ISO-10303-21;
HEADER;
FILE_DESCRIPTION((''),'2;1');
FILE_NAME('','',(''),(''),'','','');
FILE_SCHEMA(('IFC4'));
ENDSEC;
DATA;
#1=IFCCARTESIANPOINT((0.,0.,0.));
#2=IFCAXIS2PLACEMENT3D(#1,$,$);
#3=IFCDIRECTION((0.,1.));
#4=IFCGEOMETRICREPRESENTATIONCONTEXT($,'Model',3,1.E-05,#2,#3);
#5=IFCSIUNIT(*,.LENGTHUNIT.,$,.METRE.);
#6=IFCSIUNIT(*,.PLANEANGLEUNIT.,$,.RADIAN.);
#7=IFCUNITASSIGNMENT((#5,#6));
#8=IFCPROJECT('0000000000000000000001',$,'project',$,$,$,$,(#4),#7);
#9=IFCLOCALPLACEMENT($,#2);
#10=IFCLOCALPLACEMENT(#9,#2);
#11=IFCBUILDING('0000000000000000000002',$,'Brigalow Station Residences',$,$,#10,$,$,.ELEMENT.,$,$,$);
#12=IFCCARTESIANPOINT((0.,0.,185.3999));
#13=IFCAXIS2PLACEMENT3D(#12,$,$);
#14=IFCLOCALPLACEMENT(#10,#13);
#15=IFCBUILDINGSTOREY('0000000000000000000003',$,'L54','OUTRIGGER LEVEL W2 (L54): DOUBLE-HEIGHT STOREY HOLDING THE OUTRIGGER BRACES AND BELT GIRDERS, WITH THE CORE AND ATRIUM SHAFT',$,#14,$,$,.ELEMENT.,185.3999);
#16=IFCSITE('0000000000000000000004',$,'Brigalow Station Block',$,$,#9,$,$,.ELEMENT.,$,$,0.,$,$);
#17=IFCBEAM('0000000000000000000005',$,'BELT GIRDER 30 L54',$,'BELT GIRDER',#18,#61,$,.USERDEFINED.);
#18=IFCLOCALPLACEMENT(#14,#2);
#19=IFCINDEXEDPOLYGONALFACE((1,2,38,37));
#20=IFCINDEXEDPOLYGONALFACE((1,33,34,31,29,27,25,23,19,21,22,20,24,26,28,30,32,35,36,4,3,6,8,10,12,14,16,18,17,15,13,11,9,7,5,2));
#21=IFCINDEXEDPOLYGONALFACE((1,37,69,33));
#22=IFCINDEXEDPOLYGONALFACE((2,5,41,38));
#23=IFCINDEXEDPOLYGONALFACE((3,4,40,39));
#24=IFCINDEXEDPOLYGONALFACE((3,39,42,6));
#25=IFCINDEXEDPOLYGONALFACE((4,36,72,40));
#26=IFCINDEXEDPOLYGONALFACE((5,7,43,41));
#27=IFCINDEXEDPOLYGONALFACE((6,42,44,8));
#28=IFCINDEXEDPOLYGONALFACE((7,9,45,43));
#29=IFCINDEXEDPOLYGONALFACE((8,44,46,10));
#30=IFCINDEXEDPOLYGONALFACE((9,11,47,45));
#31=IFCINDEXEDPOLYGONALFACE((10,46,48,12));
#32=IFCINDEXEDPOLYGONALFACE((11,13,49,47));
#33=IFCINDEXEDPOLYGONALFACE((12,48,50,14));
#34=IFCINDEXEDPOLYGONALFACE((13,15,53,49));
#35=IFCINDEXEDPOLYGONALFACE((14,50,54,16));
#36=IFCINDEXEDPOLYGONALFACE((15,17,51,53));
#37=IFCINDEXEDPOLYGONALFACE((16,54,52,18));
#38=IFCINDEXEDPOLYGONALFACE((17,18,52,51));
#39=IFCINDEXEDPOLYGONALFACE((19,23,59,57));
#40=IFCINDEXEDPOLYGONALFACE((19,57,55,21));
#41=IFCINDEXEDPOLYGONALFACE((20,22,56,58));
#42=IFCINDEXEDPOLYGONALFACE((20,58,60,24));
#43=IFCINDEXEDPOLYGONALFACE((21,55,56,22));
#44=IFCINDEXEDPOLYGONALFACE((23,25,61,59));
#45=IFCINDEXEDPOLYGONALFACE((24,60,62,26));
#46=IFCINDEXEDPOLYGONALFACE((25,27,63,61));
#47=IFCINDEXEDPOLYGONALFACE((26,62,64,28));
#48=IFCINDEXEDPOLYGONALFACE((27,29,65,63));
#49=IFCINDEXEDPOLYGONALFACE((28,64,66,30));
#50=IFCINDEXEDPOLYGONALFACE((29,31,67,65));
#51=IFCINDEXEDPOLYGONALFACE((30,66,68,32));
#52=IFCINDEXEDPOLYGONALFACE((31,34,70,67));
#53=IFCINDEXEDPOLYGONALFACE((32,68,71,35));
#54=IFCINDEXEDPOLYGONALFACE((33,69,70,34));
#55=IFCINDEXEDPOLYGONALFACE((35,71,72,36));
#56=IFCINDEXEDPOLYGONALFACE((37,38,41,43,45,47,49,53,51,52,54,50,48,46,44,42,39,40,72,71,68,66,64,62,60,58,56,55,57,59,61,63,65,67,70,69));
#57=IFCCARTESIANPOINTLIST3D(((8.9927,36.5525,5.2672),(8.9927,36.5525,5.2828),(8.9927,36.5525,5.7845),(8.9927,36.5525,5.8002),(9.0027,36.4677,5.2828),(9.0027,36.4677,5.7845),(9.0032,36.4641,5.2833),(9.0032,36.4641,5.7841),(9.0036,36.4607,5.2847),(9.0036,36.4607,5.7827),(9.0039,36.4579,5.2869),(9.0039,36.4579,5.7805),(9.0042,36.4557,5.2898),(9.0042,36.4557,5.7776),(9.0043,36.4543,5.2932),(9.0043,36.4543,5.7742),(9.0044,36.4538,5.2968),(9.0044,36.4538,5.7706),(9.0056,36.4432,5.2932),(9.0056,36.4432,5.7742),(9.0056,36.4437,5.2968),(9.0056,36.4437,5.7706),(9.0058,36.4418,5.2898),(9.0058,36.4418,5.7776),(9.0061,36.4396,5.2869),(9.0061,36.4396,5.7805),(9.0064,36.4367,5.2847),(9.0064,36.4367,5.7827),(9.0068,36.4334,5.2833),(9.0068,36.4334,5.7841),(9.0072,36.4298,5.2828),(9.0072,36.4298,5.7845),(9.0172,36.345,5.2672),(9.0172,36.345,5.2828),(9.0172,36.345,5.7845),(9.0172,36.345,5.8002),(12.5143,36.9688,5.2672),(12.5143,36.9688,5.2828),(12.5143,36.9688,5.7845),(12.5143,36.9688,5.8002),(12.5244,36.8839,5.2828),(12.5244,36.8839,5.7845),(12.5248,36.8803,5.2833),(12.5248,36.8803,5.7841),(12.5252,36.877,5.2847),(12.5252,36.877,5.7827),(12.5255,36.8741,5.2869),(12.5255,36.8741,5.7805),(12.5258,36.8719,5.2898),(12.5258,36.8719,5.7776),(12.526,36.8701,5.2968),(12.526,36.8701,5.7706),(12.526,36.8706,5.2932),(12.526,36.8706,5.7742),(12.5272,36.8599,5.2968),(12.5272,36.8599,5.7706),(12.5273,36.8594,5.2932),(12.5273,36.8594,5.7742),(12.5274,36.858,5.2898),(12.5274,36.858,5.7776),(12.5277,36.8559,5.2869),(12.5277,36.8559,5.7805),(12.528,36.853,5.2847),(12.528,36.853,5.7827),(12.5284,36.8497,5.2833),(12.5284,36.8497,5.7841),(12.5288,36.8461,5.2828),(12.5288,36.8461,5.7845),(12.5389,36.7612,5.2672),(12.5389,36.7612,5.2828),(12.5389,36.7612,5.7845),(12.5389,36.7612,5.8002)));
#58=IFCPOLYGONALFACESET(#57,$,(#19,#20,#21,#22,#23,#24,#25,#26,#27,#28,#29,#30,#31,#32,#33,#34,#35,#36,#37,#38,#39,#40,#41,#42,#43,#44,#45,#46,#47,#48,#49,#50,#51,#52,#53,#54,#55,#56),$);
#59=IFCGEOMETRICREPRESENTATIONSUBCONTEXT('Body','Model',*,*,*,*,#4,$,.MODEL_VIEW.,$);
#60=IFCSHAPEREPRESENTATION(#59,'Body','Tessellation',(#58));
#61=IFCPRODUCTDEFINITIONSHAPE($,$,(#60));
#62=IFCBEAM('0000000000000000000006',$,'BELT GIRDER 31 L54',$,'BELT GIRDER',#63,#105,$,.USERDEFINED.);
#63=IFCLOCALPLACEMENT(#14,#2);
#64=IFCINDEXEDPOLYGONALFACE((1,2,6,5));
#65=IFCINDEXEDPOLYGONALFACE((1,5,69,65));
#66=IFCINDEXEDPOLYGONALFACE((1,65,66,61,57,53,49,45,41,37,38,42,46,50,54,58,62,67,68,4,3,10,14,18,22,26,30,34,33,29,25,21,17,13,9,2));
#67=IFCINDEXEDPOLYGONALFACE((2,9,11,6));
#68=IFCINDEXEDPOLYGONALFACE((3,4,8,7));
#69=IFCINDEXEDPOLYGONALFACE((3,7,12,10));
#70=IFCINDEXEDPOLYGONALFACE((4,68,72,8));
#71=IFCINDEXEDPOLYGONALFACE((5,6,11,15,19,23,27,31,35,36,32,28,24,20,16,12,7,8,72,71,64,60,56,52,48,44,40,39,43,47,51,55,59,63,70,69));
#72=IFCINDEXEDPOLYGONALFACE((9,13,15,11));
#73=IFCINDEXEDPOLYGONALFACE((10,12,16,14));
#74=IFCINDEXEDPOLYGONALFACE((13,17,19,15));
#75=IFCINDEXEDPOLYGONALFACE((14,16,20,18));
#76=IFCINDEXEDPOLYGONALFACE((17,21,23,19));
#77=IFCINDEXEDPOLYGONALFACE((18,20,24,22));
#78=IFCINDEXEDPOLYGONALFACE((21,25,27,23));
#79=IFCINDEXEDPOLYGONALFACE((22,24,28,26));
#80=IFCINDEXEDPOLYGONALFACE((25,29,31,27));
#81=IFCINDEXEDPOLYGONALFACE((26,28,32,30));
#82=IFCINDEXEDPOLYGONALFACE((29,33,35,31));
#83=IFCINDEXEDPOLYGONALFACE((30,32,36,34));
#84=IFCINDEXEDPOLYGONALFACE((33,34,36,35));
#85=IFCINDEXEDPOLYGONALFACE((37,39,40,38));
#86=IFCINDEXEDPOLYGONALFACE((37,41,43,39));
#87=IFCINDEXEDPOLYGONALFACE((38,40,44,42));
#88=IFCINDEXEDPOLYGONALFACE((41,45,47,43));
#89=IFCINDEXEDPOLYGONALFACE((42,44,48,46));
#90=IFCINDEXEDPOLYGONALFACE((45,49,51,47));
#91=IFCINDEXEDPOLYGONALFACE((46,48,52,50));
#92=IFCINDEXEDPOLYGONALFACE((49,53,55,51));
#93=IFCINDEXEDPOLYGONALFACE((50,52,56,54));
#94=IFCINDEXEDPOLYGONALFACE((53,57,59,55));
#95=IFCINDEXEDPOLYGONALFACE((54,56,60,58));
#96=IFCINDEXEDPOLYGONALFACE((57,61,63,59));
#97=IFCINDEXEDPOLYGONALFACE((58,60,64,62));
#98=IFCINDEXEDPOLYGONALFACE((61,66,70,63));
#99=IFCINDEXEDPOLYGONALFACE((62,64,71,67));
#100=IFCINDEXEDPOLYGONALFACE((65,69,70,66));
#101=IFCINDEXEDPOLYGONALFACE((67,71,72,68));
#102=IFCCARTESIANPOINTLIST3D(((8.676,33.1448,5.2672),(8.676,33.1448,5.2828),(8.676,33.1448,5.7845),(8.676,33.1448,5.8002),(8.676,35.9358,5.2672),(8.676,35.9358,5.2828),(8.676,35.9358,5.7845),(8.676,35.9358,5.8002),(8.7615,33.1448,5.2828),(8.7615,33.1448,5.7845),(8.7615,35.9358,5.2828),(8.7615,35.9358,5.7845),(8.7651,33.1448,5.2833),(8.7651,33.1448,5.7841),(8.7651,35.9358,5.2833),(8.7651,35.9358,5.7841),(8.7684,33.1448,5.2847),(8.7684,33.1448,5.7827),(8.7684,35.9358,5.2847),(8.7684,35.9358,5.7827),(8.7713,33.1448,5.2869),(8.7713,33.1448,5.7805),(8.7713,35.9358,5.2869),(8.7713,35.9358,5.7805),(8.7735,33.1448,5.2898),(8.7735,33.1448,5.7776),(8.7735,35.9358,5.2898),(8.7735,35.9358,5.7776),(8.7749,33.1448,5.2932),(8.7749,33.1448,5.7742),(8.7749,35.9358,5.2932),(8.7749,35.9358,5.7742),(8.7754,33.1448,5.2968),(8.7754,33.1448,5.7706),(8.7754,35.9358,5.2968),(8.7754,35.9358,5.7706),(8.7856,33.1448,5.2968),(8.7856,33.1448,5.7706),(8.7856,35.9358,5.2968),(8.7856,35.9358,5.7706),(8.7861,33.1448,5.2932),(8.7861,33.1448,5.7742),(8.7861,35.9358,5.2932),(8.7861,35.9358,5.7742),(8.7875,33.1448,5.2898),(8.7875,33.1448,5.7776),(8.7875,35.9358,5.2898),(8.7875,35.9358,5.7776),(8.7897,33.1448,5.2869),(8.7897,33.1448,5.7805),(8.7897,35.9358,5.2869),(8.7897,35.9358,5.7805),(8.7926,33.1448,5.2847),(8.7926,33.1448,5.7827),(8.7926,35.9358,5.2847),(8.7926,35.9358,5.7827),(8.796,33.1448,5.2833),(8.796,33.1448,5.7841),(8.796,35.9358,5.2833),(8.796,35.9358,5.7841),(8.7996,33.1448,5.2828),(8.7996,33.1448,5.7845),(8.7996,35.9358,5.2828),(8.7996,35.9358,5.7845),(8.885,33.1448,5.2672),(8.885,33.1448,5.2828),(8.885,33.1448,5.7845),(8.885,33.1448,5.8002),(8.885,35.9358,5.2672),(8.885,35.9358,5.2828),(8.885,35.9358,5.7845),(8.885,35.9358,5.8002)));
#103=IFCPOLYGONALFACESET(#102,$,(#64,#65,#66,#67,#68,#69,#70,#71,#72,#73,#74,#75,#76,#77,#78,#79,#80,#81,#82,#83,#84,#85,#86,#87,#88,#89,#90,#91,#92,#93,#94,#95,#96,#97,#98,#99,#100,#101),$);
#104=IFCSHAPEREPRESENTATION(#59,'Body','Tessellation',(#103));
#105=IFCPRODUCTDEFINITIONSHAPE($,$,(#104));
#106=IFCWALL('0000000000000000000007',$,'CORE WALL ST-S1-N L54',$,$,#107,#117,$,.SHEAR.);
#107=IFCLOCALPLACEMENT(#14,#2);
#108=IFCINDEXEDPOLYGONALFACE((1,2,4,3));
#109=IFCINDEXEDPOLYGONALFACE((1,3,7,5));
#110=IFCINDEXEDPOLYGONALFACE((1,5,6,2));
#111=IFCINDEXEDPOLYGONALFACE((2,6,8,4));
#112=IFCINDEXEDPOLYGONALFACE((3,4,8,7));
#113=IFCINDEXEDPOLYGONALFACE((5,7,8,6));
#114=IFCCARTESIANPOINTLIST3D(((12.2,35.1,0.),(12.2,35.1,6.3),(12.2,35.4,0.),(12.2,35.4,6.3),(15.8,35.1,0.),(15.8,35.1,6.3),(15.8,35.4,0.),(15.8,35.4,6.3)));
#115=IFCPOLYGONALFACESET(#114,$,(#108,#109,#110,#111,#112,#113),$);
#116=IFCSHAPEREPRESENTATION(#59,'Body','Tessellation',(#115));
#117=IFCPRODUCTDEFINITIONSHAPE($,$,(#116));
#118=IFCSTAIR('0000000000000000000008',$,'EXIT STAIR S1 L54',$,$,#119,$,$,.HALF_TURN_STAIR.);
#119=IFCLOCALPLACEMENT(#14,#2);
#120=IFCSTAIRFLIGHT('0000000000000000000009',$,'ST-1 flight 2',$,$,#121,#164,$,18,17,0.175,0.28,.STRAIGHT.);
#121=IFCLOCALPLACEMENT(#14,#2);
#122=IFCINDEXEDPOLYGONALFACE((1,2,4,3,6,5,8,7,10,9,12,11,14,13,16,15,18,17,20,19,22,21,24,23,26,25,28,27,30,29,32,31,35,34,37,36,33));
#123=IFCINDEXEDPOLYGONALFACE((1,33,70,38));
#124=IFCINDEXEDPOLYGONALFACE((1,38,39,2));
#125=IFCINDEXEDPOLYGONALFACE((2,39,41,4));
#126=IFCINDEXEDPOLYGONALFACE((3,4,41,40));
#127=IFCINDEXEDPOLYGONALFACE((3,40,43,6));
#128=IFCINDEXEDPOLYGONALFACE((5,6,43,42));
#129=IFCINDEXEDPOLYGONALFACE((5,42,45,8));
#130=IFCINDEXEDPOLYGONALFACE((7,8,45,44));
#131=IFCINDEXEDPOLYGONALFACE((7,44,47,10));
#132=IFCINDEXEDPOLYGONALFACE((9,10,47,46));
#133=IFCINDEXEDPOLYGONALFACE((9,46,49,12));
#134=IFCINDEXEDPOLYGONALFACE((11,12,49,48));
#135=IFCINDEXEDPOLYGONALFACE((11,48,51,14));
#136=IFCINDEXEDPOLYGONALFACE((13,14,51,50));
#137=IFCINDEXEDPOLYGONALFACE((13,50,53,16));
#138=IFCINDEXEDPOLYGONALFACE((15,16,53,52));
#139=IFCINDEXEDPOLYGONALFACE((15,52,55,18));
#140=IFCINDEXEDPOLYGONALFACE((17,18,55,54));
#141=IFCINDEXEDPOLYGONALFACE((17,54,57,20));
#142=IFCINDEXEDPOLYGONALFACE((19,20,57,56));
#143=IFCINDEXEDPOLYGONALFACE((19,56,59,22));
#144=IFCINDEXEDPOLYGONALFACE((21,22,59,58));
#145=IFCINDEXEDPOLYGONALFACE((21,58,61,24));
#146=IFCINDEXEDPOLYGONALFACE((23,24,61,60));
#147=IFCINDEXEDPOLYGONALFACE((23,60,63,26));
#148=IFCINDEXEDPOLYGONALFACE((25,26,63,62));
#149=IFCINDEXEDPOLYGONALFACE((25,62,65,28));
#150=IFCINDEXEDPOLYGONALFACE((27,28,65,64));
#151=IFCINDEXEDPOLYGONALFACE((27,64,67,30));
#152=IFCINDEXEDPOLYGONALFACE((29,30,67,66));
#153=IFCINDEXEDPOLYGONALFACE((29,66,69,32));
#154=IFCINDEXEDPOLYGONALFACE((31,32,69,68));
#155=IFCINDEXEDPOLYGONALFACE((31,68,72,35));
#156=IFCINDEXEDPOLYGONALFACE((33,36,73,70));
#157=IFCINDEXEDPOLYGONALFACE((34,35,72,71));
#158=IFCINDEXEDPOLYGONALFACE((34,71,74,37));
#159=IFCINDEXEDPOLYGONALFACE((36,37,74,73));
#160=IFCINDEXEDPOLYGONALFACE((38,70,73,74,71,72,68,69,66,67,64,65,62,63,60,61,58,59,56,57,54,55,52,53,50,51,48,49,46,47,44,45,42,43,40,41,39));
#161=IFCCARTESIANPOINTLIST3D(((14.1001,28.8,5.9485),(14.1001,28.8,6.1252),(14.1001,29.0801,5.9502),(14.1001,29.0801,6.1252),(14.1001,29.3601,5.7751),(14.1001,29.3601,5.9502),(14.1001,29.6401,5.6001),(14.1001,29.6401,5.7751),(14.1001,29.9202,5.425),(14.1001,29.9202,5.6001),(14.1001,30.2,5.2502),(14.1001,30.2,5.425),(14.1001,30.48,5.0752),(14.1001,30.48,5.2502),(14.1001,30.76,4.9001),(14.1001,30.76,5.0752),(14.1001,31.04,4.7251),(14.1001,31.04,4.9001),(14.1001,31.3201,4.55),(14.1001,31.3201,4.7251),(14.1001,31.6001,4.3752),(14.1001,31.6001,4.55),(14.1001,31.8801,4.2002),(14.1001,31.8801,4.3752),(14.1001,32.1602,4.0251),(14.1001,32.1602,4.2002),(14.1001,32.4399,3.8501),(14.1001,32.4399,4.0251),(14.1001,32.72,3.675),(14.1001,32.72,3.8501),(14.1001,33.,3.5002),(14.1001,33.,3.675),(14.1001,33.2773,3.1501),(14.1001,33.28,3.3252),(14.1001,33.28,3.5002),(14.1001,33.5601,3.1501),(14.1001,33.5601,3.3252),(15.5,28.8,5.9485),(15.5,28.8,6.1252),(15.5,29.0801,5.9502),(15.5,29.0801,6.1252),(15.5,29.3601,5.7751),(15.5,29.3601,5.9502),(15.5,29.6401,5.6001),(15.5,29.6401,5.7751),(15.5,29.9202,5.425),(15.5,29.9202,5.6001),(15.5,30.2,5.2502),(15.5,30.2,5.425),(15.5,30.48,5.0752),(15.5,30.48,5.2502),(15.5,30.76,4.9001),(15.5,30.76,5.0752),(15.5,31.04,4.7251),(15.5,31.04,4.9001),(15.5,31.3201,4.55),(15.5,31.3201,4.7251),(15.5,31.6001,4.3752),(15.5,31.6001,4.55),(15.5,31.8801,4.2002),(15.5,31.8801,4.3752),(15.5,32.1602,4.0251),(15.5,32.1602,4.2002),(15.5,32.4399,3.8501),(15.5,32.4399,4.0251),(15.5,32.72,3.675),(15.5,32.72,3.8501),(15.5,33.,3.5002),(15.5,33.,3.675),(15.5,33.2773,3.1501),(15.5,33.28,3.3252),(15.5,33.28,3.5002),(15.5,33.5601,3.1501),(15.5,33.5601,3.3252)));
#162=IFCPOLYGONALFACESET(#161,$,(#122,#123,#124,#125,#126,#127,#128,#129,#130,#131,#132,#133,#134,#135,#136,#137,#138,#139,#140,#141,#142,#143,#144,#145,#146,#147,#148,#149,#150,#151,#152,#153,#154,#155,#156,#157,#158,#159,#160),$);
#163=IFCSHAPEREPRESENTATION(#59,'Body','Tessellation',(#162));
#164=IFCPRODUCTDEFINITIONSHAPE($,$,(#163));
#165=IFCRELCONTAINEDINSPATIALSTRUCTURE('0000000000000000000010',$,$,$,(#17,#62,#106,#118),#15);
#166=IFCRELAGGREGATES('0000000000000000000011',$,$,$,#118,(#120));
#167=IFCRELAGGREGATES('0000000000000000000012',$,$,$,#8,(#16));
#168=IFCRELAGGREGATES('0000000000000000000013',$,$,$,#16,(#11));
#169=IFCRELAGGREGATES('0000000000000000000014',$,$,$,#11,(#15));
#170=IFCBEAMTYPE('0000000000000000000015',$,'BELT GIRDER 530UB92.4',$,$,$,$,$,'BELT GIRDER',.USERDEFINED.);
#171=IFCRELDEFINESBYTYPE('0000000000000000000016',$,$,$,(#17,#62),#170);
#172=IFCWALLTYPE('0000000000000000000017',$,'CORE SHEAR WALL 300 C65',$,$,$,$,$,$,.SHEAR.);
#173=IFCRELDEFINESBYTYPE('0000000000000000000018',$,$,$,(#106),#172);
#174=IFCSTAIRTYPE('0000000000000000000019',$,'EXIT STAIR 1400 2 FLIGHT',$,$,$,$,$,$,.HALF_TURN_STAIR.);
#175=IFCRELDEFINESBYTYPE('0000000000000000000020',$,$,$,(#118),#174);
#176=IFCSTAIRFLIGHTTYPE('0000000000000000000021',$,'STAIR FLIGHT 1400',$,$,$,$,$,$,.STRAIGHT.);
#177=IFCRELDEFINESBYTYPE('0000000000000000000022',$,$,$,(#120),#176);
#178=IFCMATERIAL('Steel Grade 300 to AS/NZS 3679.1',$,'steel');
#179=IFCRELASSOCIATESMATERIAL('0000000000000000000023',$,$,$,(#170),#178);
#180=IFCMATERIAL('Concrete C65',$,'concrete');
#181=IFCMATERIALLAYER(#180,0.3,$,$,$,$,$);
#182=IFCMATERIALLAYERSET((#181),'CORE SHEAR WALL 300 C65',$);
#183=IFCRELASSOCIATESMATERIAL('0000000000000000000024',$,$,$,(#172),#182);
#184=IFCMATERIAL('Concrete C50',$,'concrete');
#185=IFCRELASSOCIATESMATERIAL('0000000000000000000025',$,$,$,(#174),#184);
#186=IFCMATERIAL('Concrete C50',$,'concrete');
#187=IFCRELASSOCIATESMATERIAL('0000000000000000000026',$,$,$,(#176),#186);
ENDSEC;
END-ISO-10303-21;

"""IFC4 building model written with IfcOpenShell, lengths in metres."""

from ifc_helpers import new_model, si_unit, direction, frame, frame_2d, origin, origin_2d, place, context, subcontext, project, spatial, polyline, rectangle, i_section, outline, extrude, material, layer, layer_set, material_profile, profile_set, type_object, element, aggregate, save


model = new_model("IFC4")

# Units and contexts
model_context = context("Model", 3, precision=1e-05, world=origin(), true_north=direction((0.0, 1.0)))
body_context = subcontext(model_context, "Body", "Model", "MODEL_VIEW")
ifc_project = project(units=[si_unit("LENGTHUNIT", "METRE"), si_unit("PLANEANGLEUNIT", "RADIAN")], contexts=[model_context])

# Site, building, storey
site_placement = place(None, origin())
site = spatial("IfcSite", under=ifc_project, at=site_placement, Name="Brigalow Station Block", CompositionType="ELEMENT", RefElevation=0.0)
building_placement = place(site_placement, origin())
building = spatial("IfcBuilding", under=site, at=building_placement, Name="Brigalow Station Residences", CompositionType="ELEMENT")
storey_placement = place(building_placement, frame((0.0, 0.0, 185.3999)))
storey = spatial("IfcBuildingStorey", under=building, at=storey_placement, Name="L54", Description="OUTRIGGER LEVEL W2 (L54): DOUBLE-HEIGHT STOREY HOLDING THE OUTRIGGER BRACES AND BELT GIRDERS, WITH THE CORE AND ATRIUM SHAFT", CompositionType="ELEMENT", Elevation=185.3999)

# Beams
ifc_material_1 = material(Name="Steel Grade 300 to AS/NZS 3679.1", Category="steel")
ifc_material_profile_1 = material_profile(ifc_material_1, i_section(OverallWidth=0.209, OverallDepth=0.533, WebThickness=0.0103, FlangeThickness=0.0156, FilletRadius=0.0139, at=origin_2d()), Name="530UB92.4")
ifc_profile_set_1 = profile_set([ifc_material_profile_1], Name="Steel Grade 300 to AS/NZS 3679.1")
beam_type = type_object("IfcBeamType", Name="BELT GIRDER 530UB92.4", ElementType="BELT GIRDER", PredefinedType="USERDEFINED", material=ifc_profile_set_1)
beam_1_placement = place(storey_placement, frame((12.5266, 36.865, 5.5337), z_axis=(-0.993087, -0.11738, 0.0), x_axis=(0.11738, -0.993087, 0.0)))
element("IfcBeam", 1, at=beam_1_placement, inside=storey, type_object=beam_type, Name="BELT GIRDER 30 L54", ObjectType="BELT GIRDER", PredefinedType="USERDEFINED", context=body_context, shape_type="SweptSolid", body=[
    extrude(i_section(OverallWidth=0.209, OverallDepth=0.533, WebThickness=0.0103, FlangeThickness=0.0156, FilletRadius=0.0139, at=origin_2d()), origin(), (0.0, 0.0, 1.0), 3.5461),
])
beam_2_placement = place(storey_placement, frame((8.7805, 35.9358, 5.5337), z_axis=(0.0, -1.0, 0.0), x_axis=(1.0, 0.0, 0.0)))
element("IfcBeam", 2, at=beam_2_placement, inside=storey, type_object=beam_type, Name="BELT GIRDER 31 L54", ObjectType="BELT GIRDER", PredefinedType="USERDEFINED", context=body_context, shape_type="SweptSolid", body=[
    extrude(i_section(OverallWidth=0.209, OverallDepth=0.533, WebThickness=0.0103, FlangeThickness=0.0156, FilletRadius=0.0139, at=origin_2d()), origin(), (0.0, 0.0, 1.0), 2.791),
])

# Wall
ifc_material_2 = material(Name="Concrete C65", Category="concrete")
ifc_layer = layer(ifc_material_2, 0.3)
ifc_layer_set = layer_set([ifc_layer], Name="CORE SHEAR WALL 300 C65")
wall_type = type_object("IfcWallType", Name="CORE SHEAR WALL 300 C65", PredefinedType="SHEAR", material=ifc_layer_set)
wall_placement = place(storey_placement, frame((12.2, 35.25, 0.0), z_axis=(0.0, 0.0, 1.0), x_axis=(1.0, 0.0, 0.0)))
element("IfcWall", 3, at=wall_placement, inside=storey, type_object=wall_type, Name="CORE WALL ST-S1-N L54", PredefinedType="SHEAR", context=body_context, shape_type="SweptSolid", body=[
    extrude(rectangle(XDim=3.6001, YDim=0.3, at=frame_2d((1.8, 0.0))), origin(), (0.0, 0.0, 1.0), 6.3),
])

# Stair, stair flight
ifc_material_3 = material(Name="Concrete C50", Category="concrete")
stair_type = type_object("IfcStairType", Name="EXIT STAIR 1400 2 FLIGHT", PredefinedType="HALF_TURN_STAIR", material=ifc_material_3)
stair_placement = place(storey_placement, origin())
stair = element("IfcStair", 4, at=stair_placement, inside=storey, type_object=stair_type, Name="EXIT STAIR S1 L54", PredefinedType="HALF_TURN_STAIR")
ifc_material_4 = material(Name="Concrete C50", Category="concrete")
stair_flight_type = type_object("IfcStairFlightType", Name="STAIR FLIGHT 1400", PredefinedType="STRAIGHT", material=ifc_material_4)
stair_flight_placement = place(storey_placement, frame((14.8, 33.5601, 3.1501), z_axis=(0.0, 0.0, 1.0), x_axis=(0.0, -1.0, 0.0)))
stair_flight = element("IfcStairFlight", 5, at=stair_flight_placement, type_object=stair_flight_type, Name="ST-1 flight 2", NumberOfRisers=18, NumberOfTreads=17, PredefinedType="STRAIGHT", RiserHeight=0.175, TreadLength=0.28, context=body_context, shape_type="SweptSolid", body=[
    extrude(outline(polyline([(0.0, 0.0), (0.0, 0.175), (0.28, 0.175), (0.28, 0.3501), (0.5601, 0.3501), (0.5601, 0.5249), (0.8401, 0.5249), (0.8401, 0.7), (1.1201, 0.7), (1.1201, 0.875), (1.3999, 0.875), (1.3999, 1.05), (1.6799, 1.05), (1.6799, 1.2251), (1.96, 1.2251), (1.96, 1.3999), (2.24, 1.3999), (2.24, 1.575), (2.52, 1.575), (2.52, 1.75), (2.8, 1.75), (2.8, 1.925), (3.0801, 1.925), (3.0801, 2.1001), (3.3601, 2.1001), (3.3601, 2.2749), (3.6399, 2.2749), (3.6399, 2.45), (3.9199, 2.45), (3.9199, 2.625), (4.2, 2.625), (4.2, 2.8), (4.48, 2.8), (4.48, 2.9751), (4.76, 2.9751), (4.76, 3.1499), (4.76, 2.7983), (0.2827, 0.0), (0.0, 0.0)])), frame((0.0, 0.7, 0.0), z_axis=(0.0, -1.0, 0.0), x_axis=(1.0, 0.0, 0.0)), (0.0, 0.0, 1.0), 1.3999),
])
aggregate(stair, [stair_flight])

save(model, "model.ifc")
